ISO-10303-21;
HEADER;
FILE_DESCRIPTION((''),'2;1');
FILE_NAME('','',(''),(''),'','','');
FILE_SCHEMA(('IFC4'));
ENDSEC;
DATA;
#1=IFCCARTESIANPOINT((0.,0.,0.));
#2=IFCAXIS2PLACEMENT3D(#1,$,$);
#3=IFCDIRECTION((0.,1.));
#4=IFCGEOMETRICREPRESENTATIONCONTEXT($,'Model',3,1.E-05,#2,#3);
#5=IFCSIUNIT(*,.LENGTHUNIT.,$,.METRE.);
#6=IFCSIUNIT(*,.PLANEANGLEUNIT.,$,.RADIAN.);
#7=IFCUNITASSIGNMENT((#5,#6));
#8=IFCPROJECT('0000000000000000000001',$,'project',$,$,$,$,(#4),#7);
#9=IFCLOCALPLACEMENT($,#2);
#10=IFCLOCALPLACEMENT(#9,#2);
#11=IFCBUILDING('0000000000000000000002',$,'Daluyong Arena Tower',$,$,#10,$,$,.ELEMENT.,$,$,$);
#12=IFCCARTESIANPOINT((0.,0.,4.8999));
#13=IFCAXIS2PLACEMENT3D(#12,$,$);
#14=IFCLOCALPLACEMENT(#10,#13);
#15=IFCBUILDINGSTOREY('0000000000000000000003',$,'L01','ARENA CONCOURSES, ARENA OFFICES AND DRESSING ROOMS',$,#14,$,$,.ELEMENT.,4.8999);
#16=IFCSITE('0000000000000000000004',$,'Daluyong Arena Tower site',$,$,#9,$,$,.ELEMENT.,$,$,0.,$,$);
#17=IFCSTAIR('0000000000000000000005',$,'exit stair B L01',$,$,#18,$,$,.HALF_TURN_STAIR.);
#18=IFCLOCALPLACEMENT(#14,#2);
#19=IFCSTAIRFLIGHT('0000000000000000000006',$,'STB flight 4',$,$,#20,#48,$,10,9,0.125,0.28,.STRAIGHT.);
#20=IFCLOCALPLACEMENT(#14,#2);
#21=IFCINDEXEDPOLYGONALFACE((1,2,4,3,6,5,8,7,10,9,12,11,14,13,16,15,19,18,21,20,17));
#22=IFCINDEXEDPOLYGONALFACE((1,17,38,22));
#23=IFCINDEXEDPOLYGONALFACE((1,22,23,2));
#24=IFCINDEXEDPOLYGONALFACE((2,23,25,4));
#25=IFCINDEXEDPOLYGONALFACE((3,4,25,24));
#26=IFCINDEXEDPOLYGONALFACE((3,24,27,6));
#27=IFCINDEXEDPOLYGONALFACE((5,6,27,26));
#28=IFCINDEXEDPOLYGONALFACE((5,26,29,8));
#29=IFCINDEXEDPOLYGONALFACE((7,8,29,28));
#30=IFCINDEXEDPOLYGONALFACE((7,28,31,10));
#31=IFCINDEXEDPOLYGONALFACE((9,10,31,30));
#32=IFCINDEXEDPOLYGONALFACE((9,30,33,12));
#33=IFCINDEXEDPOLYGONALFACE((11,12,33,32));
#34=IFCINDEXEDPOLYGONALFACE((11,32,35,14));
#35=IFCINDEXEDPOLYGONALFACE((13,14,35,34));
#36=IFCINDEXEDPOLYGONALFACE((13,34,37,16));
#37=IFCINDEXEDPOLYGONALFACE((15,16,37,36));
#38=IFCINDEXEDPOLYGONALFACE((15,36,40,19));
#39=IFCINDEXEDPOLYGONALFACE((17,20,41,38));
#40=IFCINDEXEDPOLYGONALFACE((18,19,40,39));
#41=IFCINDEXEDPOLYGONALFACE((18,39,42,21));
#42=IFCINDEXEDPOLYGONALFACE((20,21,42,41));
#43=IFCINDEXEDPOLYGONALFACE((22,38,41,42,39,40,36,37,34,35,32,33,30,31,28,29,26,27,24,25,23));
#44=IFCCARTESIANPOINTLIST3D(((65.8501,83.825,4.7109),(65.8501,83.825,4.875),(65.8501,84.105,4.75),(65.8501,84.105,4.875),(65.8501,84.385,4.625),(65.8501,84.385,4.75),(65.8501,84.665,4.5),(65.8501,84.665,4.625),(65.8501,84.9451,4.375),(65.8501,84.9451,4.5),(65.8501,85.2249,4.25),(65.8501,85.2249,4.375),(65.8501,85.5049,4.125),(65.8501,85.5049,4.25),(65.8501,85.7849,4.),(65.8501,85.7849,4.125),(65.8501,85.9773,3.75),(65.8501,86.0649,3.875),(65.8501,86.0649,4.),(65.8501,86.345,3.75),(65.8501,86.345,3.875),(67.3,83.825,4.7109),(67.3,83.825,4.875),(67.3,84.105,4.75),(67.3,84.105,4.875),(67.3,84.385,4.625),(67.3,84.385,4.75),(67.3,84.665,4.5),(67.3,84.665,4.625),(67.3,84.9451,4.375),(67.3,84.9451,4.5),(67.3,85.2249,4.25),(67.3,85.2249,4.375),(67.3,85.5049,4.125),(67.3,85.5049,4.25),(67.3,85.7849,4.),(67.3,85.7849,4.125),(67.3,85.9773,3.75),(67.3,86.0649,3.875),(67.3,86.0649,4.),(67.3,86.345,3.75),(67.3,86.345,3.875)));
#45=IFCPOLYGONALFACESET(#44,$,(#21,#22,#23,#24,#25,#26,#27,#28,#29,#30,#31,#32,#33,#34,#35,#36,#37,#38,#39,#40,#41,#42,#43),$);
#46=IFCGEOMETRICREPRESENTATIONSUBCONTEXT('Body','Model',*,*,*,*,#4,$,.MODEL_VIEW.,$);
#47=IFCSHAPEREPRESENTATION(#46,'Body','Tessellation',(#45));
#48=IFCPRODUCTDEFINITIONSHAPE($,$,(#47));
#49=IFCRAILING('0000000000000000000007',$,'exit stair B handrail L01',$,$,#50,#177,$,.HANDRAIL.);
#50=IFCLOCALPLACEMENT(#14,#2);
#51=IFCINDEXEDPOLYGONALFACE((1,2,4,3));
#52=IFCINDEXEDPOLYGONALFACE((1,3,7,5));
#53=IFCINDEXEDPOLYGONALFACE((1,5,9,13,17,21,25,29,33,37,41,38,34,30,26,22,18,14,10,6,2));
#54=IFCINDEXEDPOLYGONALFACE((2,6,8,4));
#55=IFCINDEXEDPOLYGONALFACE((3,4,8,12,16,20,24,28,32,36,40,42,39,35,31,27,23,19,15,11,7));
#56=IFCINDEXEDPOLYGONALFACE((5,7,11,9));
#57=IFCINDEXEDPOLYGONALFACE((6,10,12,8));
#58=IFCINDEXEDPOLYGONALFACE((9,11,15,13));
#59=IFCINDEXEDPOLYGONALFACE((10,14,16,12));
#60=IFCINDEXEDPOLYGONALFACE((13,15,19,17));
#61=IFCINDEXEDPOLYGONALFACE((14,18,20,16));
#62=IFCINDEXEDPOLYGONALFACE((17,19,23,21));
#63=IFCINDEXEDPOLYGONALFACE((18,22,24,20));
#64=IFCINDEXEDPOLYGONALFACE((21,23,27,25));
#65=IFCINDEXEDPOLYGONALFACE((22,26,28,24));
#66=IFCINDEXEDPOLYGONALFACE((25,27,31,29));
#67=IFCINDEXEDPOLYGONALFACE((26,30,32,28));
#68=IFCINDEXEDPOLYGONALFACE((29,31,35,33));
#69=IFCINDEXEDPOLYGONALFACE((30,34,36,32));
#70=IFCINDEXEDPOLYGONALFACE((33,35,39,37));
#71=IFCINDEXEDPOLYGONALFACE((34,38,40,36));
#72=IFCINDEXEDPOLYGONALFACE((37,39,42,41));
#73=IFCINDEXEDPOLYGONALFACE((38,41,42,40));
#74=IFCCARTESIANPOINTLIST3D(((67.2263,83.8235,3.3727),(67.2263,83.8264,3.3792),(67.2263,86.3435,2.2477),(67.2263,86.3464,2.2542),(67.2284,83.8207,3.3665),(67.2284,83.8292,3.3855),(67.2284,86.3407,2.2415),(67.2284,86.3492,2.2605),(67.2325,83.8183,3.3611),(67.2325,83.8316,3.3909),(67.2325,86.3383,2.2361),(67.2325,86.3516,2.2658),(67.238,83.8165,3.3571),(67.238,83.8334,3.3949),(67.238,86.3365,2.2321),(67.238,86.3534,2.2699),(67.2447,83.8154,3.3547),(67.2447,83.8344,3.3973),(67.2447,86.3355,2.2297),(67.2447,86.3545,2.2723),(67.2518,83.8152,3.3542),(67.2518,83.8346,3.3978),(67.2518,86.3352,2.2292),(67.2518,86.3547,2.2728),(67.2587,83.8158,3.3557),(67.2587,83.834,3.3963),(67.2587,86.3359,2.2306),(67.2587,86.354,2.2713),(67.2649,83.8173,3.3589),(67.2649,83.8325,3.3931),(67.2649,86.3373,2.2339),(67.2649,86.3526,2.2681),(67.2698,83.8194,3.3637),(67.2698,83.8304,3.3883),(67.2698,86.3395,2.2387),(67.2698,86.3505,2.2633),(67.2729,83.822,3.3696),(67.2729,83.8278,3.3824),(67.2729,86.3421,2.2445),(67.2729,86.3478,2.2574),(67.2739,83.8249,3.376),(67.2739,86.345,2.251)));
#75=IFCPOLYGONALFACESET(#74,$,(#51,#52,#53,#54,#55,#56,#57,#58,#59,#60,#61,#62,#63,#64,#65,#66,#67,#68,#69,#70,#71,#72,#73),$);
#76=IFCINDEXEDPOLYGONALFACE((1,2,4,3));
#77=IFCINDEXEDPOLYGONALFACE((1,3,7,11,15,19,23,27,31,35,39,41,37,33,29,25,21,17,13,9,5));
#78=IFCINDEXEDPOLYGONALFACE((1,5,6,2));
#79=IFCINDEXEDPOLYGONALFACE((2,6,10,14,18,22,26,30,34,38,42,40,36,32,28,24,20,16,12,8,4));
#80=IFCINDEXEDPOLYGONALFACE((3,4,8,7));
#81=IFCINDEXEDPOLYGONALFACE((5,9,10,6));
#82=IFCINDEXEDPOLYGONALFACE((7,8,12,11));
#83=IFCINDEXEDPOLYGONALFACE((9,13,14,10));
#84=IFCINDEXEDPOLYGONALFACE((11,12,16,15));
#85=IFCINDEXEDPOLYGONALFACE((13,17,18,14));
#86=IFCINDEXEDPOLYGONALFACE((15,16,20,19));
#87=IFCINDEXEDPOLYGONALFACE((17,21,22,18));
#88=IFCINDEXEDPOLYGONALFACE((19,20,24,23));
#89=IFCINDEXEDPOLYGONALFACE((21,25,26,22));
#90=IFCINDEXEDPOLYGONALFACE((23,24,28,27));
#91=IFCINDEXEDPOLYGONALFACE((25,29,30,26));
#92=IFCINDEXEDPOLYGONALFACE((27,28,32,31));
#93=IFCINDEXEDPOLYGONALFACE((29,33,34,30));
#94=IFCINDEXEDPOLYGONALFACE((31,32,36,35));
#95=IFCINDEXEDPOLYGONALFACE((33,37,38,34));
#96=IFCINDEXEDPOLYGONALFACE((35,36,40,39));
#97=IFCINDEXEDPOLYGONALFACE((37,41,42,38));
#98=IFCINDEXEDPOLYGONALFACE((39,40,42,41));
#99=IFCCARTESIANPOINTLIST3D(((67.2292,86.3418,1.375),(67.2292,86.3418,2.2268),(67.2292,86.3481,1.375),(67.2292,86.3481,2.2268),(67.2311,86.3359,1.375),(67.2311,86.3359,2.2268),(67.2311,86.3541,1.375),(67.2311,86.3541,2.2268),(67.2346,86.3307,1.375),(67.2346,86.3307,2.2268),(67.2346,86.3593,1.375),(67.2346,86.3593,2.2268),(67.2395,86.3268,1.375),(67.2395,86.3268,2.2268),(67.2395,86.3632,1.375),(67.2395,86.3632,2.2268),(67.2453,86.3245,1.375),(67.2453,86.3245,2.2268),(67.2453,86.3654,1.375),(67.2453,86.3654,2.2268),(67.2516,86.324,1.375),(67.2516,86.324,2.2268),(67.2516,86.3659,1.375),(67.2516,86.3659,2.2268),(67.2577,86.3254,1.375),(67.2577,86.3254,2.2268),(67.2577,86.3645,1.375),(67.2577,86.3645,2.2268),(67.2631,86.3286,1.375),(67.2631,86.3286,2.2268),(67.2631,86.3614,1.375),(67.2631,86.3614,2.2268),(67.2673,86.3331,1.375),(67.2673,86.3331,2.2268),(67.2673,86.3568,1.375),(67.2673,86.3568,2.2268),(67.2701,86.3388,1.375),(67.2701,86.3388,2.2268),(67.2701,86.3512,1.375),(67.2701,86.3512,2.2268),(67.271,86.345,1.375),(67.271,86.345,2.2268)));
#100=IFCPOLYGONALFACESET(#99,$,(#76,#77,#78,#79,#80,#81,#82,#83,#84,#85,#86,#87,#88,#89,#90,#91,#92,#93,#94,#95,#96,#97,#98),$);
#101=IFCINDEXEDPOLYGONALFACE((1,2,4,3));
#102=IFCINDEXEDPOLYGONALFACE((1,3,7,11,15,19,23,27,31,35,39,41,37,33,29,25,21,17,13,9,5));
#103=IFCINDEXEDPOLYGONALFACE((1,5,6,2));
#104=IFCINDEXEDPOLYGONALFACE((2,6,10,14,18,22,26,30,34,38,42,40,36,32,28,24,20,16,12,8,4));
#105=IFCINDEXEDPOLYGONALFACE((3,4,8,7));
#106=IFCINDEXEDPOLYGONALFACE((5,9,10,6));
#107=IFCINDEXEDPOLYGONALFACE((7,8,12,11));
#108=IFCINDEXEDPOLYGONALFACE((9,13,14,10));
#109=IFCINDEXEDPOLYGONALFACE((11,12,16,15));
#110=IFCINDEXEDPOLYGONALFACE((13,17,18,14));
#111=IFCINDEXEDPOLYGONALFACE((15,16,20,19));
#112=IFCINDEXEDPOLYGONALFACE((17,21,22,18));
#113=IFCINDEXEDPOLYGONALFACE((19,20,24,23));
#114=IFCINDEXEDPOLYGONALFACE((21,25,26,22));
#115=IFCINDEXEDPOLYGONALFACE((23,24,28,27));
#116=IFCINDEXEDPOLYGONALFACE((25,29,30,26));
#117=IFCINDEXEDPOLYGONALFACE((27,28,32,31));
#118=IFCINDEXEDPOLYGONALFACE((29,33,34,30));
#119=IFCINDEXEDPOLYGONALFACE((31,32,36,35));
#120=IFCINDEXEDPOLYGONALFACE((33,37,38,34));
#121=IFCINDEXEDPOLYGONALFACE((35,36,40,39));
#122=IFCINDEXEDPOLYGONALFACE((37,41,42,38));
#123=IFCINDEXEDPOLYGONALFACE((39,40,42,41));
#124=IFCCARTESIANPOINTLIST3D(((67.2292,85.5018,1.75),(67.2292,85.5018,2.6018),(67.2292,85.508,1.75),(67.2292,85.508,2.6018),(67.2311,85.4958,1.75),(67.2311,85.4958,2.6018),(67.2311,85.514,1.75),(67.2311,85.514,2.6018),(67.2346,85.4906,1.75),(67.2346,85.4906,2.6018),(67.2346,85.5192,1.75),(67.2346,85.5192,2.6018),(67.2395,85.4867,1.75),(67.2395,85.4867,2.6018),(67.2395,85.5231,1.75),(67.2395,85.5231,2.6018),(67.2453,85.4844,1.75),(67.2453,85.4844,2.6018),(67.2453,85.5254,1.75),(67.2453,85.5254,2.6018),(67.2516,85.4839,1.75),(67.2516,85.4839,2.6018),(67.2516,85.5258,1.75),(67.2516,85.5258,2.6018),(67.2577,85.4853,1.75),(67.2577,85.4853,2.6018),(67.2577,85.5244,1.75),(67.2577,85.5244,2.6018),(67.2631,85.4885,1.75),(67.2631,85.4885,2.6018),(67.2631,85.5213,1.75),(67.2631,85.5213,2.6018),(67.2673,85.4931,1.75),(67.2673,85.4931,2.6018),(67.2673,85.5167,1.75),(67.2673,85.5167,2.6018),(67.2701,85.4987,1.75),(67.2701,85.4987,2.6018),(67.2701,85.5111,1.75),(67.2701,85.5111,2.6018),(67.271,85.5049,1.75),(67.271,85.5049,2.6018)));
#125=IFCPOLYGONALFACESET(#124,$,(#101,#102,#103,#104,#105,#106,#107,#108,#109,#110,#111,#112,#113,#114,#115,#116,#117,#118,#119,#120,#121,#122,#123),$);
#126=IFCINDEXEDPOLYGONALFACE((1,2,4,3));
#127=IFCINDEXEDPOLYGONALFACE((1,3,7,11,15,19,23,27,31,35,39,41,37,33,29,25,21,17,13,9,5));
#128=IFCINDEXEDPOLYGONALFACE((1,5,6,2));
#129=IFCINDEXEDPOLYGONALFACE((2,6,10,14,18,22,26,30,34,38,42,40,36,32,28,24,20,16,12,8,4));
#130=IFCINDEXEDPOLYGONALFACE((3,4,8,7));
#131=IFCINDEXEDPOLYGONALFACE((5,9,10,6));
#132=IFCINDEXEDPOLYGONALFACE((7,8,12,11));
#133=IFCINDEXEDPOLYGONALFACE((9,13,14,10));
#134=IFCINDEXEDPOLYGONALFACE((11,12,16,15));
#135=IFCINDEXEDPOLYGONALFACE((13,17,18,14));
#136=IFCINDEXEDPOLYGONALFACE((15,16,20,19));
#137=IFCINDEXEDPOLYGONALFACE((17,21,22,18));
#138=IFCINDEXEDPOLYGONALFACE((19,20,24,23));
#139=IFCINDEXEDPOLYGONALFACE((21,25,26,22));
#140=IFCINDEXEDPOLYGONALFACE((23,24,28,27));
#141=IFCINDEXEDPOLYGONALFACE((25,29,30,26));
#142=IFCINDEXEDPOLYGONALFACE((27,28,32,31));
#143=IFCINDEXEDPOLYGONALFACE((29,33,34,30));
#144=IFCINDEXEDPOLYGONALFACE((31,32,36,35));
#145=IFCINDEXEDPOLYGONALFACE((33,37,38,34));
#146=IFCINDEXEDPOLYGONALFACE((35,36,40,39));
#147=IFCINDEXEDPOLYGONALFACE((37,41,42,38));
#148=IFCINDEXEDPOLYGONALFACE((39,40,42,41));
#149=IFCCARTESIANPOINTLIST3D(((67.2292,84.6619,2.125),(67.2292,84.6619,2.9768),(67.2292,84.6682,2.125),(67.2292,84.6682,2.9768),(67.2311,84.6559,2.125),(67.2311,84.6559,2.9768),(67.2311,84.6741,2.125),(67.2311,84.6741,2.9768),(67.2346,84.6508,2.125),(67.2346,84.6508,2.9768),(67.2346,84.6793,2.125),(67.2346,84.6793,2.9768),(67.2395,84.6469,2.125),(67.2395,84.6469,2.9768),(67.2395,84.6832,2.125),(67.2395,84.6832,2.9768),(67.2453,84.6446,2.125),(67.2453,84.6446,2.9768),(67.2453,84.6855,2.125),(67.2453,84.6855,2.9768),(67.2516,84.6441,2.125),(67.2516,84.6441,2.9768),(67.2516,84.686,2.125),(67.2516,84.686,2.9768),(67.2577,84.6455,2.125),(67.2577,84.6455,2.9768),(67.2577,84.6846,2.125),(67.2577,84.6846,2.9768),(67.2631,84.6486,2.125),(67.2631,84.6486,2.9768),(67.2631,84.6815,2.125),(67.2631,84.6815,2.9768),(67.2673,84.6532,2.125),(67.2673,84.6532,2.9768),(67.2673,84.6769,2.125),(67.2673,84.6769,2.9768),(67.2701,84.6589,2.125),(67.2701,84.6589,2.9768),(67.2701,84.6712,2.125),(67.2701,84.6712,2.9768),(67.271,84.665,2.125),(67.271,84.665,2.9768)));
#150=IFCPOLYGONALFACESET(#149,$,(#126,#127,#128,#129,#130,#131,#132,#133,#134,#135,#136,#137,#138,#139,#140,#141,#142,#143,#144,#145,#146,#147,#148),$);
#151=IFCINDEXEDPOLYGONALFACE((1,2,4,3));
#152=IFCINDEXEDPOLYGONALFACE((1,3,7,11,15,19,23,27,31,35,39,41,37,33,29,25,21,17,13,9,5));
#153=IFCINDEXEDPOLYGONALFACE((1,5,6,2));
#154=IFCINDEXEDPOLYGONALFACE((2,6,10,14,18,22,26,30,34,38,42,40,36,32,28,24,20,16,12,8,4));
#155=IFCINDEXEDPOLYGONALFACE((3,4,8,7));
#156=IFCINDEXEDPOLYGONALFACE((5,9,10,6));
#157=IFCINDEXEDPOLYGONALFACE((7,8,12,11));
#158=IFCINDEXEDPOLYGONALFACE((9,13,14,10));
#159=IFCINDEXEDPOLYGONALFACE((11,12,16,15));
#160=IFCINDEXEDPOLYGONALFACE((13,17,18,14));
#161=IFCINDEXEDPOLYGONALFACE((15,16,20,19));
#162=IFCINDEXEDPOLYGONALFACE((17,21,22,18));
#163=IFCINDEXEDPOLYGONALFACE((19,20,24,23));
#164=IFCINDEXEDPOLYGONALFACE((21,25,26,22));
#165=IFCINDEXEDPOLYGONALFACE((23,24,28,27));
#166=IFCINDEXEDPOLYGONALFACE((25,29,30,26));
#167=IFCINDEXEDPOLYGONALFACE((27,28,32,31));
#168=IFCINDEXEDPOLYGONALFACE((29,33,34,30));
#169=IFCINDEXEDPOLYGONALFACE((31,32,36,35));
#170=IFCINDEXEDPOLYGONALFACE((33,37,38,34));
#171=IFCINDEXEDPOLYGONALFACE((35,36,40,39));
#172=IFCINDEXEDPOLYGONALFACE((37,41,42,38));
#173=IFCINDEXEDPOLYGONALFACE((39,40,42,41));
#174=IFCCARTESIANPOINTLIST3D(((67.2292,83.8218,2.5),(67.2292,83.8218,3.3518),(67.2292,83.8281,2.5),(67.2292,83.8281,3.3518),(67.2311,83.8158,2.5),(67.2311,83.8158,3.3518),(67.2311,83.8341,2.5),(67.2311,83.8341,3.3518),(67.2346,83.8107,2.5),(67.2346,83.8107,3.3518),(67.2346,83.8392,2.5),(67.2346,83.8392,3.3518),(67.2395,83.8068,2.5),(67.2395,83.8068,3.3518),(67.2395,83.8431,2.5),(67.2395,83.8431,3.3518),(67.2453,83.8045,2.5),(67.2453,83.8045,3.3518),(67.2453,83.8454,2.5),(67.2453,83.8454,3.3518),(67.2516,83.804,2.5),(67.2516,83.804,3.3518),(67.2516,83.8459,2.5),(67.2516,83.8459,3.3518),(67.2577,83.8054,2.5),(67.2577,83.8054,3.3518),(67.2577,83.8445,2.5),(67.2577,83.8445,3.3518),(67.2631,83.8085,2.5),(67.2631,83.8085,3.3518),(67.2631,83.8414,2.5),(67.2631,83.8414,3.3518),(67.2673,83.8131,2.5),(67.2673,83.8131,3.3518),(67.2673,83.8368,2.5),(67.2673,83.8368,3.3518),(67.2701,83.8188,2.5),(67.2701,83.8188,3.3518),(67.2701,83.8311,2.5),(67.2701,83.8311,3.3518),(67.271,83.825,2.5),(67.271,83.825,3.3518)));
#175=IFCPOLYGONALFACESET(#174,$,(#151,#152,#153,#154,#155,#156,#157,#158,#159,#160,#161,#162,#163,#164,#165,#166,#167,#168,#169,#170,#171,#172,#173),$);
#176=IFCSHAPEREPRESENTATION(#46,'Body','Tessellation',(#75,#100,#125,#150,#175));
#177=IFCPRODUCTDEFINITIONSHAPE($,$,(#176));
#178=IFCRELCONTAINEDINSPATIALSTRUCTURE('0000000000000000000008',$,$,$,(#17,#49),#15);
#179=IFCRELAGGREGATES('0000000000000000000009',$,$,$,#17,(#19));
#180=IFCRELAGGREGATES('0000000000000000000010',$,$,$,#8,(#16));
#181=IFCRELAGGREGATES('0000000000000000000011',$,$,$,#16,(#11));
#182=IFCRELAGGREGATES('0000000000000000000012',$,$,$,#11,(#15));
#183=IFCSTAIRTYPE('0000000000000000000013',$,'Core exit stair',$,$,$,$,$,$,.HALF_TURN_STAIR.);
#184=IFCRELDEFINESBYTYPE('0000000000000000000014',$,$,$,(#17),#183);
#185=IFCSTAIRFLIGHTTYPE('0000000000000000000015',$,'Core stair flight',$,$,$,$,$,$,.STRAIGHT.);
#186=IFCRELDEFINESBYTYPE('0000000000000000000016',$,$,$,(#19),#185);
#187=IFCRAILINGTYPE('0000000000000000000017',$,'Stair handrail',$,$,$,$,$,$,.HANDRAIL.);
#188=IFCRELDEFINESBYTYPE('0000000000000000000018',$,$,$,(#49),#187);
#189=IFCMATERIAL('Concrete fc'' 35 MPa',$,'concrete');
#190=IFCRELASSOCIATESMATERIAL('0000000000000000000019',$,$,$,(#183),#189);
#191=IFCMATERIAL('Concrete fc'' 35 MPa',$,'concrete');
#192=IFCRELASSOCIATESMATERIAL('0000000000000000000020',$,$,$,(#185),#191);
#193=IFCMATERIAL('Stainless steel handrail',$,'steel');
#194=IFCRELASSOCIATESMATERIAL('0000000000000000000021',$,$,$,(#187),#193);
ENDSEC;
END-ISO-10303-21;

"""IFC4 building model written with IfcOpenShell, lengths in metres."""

from ifc_helpers import new_model, si_unit, direction, frame, origin, origin_2d, place, context, subcontext, project, spatial, polyline, circle, outline, extrude, material, type_object, element, aggregate, save


model = new_model("IFC4")

# Units and contexts
model_context = context("Model", 3, precision=1e-05, world=origin(), true_north=direction((0.0, 1.0)))
body_context = subcontext(model_context, "Body", "Model", "MODEL_VIEW")
ifc_project = project(units=[si_unit("LENGTHUNIT", "METRE"), si_unit("PLANEANGLEUNIT", "RADIAN")], contexts=[model_context])

# Site, building, storey
site_placement = place(None, origin())
site = spatial("IfcSite", under=ifc_project, at=site_placement, Name="Daluyong Arena Tower site", CompositionType="ELEMENT", RefElevation=0.0)
building_placement = place(site_placement, origin())
building = spatial("IfcBuilding", under=site, at=building_placement, Name="Daluyong Arena Tower", CompositionType="ELEMENT")
storey_placement = place(building_placement, frame((0.0, 0.0, 4.8999)))
storey = spatial("IfcBuildingStorey", under=building, at=storey_placement, Name="L01", Description="ARENA CONCOURSES, ARENA OFFICES AND DRESSING ROOMS", CompositionType="ELEMENT", Elevation=4.8999)

# Stair, stair flight
ifc_material_1 = material(Name="Concrete fc' 35 MPa", Category="concrete")
stair_type = type_object("IfcStairType", Name="Core exit stair", PredefinedType="HALF_TURN_STAIR", material=ifc_material_1)
stair_placement = place(storey_placement, origin())
stair = element("IfcStair", 1, at=stair_placement, inside=storey, type_object=stair_type, Name="exit stair B L01", PredefinedType="HALF_TURN_STAIR")
ifc_material_2 = material(Name="Concrete fc' 35 MPa", Category="concrete")
stair_flight_type = type_object("IfcStairFlightType", Name="Core stair flight", PredefinedType="STRAIGHT", material=ifc_material_2)
stair_flight_1_placement = place(storey_placement, frame((66.575, 86.345, 3.75), z_axis=(0.0, 0.0, 1.0), x_axis=(0.0, -1.0, 0.0)))
stair_flight_1 = element("IfcStairFlight", 2, at=stair_flight_1_placement, type_object=stair_flight_type, Name="STB flight 4", NumberOfRisers=10, NumberOfTreads=9, PredefinedType="STRAIGHT", RiserHeight=0.125, TreadLength=0.28, context=body_context, shape_type="SweptSolid", body=[
    extrude(outline(polyline([(0.0, 0.0), (0.0, 0.125), (0.28, 0.125), (0.28, 0.25), (0.5601, 0.25), (0.5601, 0.375), (0.8401, 0.375), (0.8401, 0.5), (1.1201, 0.5), (1.1201, 0.625), (1.3999, 0.625), (1.3999, 0.75), (1.6799, 0.75), (1.6799, 0.875), (1.96, 0.875), (1.96, 1.0), (2.24, 1.0), (2.24, 1.125), (2.52, 1.125), (2.52, 1.25), (2.52, 0.9609), (0.3677, 0.0), (0.0, 0.0)])), frame((0.0, 0.7251, 0.0), z_axis=(0.0, -1.0, 0.0), x_axis=(1.0, 0.0, 0.0)), (0.0, 0.0, 1.0), 1.45),
])
aggregate(stair, [stair_flight_1])

# Railing
ifc_material_3 = material(Name="Stainless steel handrail", Category="steel")
railing_type_1 = type_object("IfcRailingType", Name="Stair handrail", PredefinedType="HANDRAIL", material=ifc_material_3)
for number, where, name in (
    (3, (67.25, 86.345, 1.375), "exit stair B handrail L01"),
):
    element("IfcRailing", number, at=place(storey_placement, frame(where)), inside=storey, type_object=railing_type_1, Name=name, PredefinedType="HANDRAIL", context=body_context, shape_type="SweptSolid", body=[
        extrude(circle(Radius=0.0239, at=origin_2d()), frame((0.0, 0.0, 0.876), z_axis=(0.0, -0.913139, 0.407648), x_axis=(1.0, 0.0, 0.0)), (0.0, 0.0, 1.0), 2.7598),
        extrude(circle(Radius=0.021, at=origin_2d()), origin(), (0.0, 0.0, 1.0), 0.8518),
        extrude(circle(Radius=0.021, at=origin_2d()), frame((0.0, -0.8401, 0.375)), (0.0, 0.0, 1.0), 0.8518),
        extrude(circle(Radius=0.021, at=origin_2d()), frame((0.0, -1.6799, 0.75)), (0.0, 0.0, 1.0), 0.8518),
        extrude(circle(Radius=0.021, at=origin_2d()), frame((0.0, -2.52, 1.125)), (0.0, 0.0, 1.0), 0.8518),
    ])

save(model, "model.ifc")
